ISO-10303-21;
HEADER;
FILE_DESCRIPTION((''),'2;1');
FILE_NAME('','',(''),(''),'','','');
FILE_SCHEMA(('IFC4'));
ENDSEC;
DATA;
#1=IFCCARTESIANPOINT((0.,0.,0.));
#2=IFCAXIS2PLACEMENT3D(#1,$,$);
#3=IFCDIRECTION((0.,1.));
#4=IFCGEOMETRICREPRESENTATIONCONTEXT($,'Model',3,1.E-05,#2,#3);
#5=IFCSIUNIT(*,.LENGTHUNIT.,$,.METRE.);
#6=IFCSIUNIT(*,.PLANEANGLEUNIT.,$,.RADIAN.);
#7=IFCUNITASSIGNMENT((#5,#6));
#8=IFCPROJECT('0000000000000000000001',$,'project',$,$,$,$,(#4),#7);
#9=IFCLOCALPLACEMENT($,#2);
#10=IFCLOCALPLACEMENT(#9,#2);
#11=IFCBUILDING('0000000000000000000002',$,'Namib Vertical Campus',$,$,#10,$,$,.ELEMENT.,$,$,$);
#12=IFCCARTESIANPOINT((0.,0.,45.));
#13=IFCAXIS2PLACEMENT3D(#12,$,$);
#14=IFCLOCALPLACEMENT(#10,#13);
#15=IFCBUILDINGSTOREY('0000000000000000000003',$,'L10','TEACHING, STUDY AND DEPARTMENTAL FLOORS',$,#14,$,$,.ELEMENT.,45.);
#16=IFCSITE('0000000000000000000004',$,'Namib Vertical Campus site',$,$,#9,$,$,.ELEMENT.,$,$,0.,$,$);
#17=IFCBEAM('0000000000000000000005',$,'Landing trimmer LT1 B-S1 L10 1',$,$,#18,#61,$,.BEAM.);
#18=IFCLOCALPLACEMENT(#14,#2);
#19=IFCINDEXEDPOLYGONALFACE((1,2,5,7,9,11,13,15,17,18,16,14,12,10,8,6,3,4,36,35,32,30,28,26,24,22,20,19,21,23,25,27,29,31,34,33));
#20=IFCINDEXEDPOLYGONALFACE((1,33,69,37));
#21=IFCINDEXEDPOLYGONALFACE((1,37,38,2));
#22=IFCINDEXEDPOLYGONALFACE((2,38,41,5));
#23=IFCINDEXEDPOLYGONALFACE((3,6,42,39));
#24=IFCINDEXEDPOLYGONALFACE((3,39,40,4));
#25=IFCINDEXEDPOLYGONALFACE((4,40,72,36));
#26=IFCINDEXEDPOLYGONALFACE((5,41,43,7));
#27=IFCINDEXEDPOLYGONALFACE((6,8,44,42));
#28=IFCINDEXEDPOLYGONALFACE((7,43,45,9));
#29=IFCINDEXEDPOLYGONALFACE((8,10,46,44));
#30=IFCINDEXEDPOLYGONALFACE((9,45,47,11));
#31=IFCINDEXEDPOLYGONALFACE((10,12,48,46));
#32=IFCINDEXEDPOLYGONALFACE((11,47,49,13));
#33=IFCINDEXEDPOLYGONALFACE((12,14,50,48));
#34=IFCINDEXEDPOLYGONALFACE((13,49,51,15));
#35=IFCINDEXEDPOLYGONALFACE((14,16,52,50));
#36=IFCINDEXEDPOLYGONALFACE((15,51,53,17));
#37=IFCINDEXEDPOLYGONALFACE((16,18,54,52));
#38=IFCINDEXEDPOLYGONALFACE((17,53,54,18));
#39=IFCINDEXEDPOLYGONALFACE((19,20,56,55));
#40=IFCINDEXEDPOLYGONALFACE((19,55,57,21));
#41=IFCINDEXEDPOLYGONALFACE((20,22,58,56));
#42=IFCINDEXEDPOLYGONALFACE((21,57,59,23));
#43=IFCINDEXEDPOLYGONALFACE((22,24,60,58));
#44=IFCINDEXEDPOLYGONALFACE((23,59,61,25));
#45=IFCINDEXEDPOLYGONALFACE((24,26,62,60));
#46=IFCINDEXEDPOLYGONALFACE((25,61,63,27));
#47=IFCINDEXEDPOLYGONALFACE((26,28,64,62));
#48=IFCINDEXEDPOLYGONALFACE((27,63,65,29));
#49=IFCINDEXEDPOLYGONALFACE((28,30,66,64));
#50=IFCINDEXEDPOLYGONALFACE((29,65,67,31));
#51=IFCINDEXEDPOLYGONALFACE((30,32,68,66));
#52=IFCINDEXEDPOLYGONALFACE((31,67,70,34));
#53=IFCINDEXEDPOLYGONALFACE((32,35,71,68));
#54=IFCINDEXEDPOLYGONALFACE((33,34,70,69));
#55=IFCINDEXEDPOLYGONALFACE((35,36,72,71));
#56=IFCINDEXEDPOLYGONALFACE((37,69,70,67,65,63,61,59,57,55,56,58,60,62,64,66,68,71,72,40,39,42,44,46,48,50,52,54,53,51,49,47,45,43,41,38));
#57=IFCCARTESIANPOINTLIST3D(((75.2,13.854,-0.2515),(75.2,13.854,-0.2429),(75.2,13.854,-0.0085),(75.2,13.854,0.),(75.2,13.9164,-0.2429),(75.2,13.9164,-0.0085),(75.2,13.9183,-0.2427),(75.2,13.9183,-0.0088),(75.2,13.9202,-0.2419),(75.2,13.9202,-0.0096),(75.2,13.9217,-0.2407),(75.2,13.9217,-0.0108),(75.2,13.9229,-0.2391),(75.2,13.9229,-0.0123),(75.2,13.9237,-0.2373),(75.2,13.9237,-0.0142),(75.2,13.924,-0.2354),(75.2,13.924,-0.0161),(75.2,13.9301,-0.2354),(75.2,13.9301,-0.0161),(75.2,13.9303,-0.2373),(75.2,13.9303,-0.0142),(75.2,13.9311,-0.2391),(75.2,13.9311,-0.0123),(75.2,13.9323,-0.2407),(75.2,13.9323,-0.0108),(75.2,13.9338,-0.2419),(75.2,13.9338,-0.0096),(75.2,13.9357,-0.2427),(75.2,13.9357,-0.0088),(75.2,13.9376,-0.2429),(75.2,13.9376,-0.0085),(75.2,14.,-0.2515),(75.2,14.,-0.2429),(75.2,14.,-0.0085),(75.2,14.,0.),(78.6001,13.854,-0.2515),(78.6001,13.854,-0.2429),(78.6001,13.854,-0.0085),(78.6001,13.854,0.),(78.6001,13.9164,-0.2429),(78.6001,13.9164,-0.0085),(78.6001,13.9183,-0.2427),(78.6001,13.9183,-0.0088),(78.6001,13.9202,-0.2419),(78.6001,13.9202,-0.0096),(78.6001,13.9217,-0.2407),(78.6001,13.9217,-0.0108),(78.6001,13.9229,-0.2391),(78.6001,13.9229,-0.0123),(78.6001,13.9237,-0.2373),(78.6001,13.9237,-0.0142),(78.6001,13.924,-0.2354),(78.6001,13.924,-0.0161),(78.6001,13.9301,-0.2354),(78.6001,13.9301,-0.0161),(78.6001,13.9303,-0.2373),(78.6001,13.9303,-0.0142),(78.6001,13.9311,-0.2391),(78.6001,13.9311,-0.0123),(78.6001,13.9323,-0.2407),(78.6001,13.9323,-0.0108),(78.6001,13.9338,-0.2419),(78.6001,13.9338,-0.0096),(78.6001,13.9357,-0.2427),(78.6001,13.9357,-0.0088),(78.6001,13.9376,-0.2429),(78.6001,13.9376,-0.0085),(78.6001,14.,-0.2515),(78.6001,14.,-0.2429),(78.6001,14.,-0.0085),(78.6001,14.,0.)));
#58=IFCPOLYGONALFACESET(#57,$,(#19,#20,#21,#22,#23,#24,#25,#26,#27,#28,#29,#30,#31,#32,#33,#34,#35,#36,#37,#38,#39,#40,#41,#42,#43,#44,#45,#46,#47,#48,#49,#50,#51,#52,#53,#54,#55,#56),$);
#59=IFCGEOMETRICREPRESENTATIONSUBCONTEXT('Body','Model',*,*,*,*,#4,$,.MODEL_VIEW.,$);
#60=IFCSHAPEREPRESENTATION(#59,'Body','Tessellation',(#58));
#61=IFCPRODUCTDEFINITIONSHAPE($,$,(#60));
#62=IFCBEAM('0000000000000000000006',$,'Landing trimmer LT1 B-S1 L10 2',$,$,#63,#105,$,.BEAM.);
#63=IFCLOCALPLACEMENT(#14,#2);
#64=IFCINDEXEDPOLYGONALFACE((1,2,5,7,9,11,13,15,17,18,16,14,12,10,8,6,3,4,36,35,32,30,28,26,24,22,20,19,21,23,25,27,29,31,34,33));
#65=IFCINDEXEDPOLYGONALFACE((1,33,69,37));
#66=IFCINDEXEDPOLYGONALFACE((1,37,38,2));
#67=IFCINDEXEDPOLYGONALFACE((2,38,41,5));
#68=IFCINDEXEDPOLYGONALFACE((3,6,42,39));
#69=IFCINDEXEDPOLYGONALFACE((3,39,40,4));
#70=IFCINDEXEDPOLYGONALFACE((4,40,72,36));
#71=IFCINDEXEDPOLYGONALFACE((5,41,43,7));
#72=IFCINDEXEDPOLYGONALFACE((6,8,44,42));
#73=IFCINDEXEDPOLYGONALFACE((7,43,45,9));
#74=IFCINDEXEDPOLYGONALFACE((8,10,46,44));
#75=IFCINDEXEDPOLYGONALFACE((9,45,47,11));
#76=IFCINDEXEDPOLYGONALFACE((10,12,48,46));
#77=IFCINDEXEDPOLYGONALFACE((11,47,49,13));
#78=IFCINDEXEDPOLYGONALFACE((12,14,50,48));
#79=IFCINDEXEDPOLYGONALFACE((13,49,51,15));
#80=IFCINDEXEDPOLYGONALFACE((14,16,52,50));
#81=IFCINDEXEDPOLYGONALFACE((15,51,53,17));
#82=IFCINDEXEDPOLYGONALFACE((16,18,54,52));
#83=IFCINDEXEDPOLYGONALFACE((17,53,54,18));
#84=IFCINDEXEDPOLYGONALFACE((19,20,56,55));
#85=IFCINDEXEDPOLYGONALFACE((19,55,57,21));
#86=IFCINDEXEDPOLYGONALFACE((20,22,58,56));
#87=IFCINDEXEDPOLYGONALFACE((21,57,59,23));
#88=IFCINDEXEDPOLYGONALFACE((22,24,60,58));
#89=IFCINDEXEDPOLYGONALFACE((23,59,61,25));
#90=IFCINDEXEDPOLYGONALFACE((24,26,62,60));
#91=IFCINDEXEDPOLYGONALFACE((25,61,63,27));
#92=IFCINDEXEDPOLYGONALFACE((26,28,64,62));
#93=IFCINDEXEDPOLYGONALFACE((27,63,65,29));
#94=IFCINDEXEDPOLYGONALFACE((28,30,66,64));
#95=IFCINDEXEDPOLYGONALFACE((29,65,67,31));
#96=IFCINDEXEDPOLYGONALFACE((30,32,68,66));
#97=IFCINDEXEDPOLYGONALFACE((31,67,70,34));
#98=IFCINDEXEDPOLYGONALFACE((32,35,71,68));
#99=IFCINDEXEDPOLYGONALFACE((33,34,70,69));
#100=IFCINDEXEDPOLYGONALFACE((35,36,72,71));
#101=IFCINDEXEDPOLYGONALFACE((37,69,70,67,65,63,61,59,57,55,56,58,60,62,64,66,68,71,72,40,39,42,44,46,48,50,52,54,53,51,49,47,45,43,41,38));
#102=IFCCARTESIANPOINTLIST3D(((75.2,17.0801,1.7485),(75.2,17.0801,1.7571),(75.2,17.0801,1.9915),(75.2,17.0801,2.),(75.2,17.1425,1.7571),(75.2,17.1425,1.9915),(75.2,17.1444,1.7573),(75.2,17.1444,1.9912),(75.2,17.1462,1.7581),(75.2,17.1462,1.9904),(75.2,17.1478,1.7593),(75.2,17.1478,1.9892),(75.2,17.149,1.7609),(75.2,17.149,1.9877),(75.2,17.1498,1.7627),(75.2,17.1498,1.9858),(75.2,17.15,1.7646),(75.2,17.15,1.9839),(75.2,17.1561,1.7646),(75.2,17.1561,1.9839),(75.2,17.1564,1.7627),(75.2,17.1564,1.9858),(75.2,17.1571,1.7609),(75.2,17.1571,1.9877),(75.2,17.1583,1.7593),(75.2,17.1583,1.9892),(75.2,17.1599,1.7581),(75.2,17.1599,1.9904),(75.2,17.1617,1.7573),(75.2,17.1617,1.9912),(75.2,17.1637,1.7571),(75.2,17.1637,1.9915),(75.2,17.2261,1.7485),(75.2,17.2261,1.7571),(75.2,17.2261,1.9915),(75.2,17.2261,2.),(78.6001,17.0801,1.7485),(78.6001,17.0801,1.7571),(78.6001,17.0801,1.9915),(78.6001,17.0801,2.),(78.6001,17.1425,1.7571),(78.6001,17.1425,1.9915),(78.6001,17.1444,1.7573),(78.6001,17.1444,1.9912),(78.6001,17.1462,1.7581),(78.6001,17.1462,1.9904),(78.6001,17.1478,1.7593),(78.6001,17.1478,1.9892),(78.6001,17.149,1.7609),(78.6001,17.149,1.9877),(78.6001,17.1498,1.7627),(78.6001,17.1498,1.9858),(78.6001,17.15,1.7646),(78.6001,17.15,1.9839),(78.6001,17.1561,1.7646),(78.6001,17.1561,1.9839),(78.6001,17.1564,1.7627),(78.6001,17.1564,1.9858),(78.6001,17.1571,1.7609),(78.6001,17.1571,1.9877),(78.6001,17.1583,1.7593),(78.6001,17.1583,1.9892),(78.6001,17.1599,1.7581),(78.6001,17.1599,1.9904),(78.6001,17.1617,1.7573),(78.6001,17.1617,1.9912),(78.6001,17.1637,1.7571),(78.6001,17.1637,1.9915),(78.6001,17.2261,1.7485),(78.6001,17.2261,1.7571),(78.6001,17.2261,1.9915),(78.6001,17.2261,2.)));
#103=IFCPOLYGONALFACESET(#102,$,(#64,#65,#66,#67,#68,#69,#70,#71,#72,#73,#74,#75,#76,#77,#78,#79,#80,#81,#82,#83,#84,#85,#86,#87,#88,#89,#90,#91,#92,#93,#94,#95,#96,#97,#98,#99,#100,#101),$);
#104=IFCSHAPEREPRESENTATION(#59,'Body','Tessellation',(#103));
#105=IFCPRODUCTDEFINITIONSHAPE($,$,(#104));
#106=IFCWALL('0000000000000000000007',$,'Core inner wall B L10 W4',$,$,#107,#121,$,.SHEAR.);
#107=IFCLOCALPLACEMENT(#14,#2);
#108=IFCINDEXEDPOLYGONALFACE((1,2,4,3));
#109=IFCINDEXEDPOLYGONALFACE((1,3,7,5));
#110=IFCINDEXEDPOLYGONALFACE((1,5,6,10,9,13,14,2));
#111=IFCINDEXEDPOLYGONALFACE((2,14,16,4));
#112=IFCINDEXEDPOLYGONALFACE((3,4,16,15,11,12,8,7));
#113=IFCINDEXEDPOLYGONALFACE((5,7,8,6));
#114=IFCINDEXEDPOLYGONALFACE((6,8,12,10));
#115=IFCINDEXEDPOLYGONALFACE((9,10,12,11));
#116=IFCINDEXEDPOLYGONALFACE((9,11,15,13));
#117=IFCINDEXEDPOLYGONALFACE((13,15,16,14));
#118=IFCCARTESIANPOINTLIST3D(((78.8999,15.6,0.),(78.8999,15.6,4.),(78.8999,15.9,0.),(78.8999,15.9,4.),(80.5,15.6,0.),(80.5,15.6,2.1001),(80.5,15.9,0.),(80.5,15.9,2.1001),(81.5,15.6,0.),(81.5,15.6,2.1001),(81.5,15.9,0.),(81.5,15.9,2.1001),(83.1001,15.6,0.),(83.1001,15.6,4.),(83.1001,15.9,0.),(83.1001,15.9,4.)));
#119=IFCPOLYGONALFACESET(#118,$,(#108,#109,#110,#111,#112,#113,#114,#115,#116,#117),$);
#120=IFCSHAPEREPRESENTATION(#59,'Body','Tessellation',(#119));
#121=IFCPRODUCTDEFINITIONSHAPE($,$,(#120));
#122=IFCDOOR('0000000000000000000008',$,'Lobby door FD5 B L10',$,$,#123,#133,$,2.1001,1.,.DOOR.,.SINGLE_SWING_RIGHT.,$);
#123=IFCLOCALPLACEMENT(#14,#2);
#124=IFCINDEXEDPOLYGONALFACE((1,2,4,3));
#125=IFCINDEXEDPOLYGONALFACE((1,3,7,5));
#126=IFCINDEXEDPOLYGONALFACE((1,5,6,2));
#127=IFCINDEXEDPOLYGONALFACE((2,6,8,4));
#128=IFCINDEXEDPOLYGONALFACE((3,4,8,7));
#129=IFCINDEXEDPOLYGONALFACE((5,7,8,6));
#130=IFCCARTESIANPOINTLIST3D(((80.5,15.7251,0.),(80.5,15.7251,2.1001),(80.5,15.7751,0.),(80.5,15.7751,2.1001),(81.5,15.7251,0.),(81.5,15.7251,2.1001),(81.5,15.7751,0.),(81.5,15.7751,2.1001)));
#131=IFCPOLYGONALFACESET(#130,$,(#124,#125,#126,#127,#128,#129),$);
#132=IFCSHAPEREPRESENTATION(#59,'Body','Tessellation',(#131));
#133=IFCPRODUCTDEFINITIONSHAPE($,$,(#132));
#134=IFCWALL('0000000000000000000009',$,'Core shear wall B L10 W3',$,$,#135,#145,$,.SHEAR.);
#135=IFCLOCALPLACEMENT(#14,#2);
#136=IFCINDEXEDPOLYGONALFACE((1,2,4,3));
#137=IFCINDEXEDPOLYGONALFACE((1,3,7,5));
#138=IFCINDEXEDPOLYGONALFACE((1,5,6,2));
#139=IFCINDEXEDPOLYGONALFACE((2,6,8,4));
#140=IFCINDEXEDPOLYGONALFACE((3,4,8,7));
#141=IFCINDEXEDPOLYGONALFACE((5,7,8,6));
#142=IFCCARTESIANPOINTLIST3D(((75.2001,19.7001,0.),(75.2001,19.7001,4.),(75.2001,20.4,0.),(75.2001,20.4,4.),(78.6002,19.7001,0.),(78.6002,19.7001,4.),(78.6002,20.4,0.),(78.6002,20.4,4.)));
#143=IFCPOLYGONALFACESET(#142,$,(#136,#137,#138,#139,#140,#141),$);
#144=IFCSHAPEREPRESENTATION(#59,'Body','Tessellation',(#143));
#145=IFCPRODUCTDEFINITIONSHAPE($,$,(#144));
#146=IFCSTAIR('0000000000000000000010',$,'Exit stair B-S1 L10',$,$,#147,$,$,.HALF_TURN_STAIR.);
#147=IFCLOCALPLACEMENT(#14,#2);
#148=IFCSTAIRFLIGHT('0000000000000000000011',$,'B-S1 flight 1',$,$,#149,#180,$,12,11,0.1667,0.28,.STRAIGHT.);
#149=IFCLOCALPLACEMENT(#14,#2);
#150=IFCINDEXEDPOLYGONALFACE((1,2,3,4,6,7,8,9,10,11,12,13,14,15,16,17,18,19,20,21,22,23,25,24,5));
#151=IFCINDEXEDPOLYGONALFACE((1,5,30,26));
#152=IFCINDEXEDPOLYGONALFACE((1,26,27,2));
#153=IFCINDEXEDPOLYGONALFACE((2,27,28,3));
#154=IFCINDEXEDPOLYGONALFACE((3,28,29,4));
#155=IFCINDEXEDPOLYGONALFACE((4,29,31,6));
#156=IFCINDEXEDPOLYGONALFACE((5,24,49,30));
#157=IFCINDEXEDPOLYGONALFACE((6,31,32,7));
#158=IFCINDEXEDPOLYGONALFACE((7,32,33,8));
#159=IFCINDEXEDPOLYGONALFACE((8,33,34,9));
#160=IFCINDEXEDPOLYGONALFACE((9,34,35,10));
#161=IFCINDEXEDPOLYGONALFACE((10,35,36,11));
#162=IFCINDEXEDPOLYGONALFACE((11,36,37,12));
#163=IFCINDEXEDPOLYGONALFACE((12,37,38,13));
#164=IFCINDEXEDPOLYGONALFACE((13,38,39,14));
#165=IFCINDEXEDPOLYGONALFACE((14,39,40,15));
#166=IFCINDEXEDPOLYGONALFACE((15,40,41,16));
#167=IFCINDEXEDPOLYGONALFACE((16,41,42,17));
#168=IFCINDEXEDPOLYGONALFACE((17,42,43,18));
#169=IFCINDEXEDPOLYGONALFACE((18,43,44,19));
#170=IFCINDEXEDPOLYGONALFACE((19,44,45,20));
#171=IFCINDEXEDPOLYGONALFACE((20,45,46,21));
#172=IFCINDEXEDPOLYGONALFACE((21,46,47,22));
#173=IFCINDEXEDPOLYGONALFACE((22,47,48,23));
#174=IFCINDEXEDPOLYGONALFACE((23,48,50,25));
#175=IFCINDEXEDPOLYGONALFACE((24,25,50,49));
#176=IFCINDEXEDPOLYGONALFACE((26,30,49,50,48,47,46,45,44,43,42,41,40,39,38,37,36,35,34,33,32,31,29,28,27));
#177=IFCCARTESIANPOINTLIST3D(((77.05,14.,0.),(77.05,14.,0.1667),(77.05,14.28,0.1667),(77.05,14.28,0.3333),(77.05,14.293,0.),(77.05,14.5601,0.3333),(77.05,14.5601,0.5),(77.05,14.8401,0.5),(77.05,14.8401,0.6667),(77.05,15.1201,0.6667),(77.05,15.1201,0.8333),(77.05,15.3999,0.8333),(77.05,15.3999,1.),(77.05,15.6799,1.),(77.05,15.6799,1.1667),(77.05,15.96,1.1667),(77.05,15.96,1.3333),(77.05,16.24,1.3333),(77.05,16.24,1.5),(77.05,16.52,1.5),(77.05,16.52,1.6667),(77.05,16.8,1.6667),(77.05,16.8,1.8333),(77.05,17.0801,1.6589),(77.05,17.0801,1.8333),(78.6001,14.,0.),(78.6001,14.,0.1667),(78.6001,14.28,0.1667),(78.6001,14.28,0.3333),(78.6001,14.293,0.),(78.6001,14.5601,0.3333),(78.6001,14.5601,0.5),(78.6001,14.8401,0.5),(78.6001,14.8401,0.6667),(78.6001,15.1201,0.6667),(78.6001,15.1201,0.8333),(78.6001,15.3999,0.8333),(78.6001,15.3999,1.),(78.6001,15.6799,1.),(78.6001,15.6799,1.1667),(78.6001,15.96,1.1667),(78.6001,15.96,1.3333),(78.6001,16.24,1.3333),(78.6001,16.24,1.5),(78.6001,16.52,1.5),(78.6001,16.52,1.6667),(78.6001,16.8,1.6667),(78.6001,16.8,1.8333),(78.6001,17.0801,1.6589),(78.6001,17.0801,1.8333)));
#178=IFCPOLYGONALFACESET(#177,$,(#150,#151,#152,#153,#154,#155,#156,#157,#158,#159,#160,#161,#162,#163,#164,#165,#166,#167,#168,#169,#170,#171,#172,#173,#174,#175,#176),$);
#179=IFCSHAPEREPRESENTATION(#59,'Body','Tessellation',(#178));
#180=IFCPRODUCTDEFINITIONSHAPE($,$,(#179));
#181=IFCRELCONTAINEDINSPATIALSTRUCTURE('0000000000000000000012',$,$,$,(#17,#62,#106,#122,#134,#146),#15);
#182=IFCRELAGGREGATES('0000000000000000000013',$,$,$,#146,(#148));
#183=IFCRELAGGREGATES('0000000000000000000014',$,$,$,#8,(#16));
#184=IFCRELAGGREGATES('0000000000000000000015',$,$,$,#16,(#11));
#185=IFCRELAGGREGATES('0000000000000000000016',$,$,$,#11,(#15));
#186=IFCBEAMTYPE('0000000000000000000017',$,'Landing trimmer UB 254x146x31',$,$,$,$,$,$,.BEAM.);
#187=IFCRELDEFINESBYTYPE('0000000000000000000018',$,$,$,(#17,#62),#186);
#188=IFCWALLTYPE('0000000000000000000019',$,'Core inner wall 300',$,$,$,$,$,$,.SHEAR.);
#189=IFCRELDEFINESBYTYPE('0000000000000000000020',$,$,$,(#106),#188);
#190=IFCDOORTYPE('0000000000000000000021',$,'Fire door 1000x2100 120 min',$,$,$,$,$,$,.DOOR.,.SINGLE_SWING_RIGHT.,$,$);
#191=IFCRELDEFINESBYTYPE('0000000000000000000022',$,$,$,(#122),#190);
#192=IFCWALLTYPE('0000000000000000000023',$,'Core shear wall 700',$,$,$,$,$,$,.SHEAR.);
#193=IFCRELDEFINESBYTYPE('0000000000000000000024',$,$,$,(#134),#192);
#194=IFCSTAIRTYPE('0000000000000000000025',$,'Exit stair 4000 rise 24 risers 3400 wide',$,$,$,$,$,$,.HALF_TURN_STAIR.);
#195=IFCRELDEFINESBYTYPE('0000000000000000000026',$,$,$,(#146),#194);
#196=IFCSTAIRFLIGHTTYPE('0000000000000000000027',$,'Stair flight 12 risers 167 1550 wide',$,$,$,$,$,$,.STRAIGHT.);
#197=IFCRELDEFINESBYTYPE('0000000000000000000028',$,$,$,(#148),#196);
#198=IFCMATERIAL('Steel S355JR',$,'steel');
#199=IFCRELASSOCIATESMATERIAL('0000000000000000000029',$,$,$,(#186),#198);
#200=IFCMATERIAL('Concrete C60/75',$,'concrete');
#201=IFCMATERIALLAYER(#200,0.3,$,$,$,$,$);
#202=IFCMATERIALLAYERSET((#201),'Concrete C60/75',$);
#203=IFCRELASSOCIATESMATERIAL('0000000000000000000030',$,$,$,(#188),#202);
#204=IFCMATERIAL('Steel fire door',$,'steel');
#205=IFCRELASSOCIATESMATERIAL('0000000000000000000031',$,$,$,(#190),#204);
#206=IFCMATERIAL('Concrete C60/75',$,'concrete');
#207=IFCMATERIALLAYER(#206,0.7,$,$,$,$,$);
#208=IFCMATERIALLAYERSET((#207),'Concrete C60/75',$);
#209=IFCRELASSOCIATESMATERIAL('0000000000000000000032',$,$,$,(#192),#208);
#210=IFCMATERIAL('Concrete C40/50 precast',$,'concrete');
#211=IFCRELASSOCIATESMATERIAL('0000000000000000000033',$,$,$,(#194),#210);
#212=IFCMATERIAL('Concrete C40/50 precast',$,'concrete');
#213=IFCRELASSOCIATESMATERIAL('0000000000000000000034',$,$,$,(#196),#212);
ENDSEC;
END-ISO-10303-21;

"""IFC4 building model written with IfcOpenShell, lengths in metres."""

from ifc_helpers import new_model, si_unit, direction, frame, frame_2d, origin, origin_2d, place, context, subcontext, project, spatial, polyline, rectangle, i_section, outline, extrude, material, layer, layer_set, material_profile, profile_set, type_object, element, fill, aggregate, save


model = new_model("IFC4")

# Units and contexts
model_context = context("Model", 3, precision=1e-05, world=origin(), true_north=direction((0.0, 1.0)))
body_context = subcontext(model_context, "Body", "Model", "MODEL_VIEW")
ifc_project = project(units=[si_unit("LENGTHUNIT", "METRE"), si_unit("PLANEANGLEUNIT", "RADIAN")], contexts=[model_context])

# Site, building, storey
site_placement = place(None, origin())
site = spatial("IfcSite", under=ifc_project, at=site_placement, Name="Namib Vertical Campus site", CompositionType="ELEMENT", RefElevation=0.0)
building_placement = place(site_placement, origin())
building = spatial("IfcBuilding", under=site, at=building_placement, Name="Namib Vertical Campus", CompositionType="ELEMENT")
storey_placement = place(building_placement, frame((0.0, 0.0, 45.0)))
storey = spatial("IfcBuildingStorey", under=building, at=storey_placement, Name="L10", Description="TEACHING, STUDY AND DEPARTMENTAL FLOORS", CompositionType="ELEMENT", Elevation=45.0)

# Beams
ifc_material_1 = material(Name="Steel S355JR", Category="steel")
ifc_material_profile = material_profile(ifc_material_1, i_section(OverallWidth=0.146, OverallDepth=0.2515, WebThickness=0.0061, FlangeThickness=0.0085, FilletRadius=0.0076, at=origin_2d()))
ifc_profile_set = profile_set([ifc_material_profile], Name="Steel S355JR")
beam_type = type_object("IfcBeamType", Name="Landing trimmer UB 254x146x31", PredefinedType="BEAM", material=ifc_profile_set)
for number, where, z_axis, x_axis, name in (
    (1, (75.2, 13.927, -0.1257), (1.0, 0.0, 0.0), (0.0, 1.0, 0.0), "Landing trimmer LT1 B-S1 L10 1"),
    (2, (75.2, 17.1531, 1.8743), (1.0, 0.0, 0.0), (0.0, 1.0, 0.0), "Landing trimmer LT1 B-S1 L10 2"),
):
    element("IfcBeam", number, at=place(storey_placement, frame(where, z_axis=z_axis, x_axis=x_axis)), inside=storey, type_object=beam_type, Name=name, PredefinedType="BEAM", context=body_context, shape_type="SweptSolid", body=[
        extrude(i_section(OverallWidth=0.146, OverallDepth=0.2515, WebThickness=0.0061, FlangeThickness=0.0085, FilletRadius=0.0076, at=origin_2d()), origin(), (0.0, 0.0, 1.0), 3.4001),
    ])

# Wall, opening, door
ifc_material_2 = material(Name="Concrete C60/75", Category="concrete")
ifc_layer_1 = layer(ifc_material_2, 0.3)
ifc_layer_set_1 = layer_set([ifc_layer_1], Name="Concrete C60/75")
wall_type_1 = type_object("IfcWallType", Name="Core inner wall 300", PredefinedType="SHEAR", material=ifc_layer_set_1)
wall_1_placement = place(storey_placement, frame((78.8999, 15.75, 0.0), z_axis=(0.0, 0.0, 1.0), x_axis=(1.0, 0.0, 0.0)))
wall_1 = element("IfcWall", 3, at=wall_1_placement, inside=storey, type_object=wall_type_1, Name="Core inner wall B L10 W4", PredefinedType="SHEAR", context=body_context, shape_type="SweptSolid", body=[
    extrude(rectangle(XDim=4.2002, YDim=0.3, at=frame_2d((2.1001, 0.0))), origin(), (0.0, 0.0, 1.0), 4.0),
])
opening_placement = place(wall_1_placement, frame((1.6001, 0.0, 0.0)))
opening = element("IfcOpeningElement", 4, at=opening_placement, cuts=wall_1, PredefinedType="OPENING", context=body_context, shape_type="SweptSolid", body=[
    extrude(rectangle(XDim=1.0, YDim=2.1001, at=frame_2d((0.5, 1.05))), frame((0.0, 0.1599, 0.0), z_axis=(0.0, -1.0, 0.0), x_axis=(1.0, 0.0, 0.0)), (0.0, 0.0, 1.0), 0.3201),
])
ifc_material_3 = material(Name="Steel fire door", Category="steel")
door_type = type_object("IfcDoorType", Name="Fire door 1000x2100 120 min", OperationType="SINGLE_SWING_RIGHT", PredefinedType="DOOR", material=ifc_material_3)
door_placement = place(opening_placement, frame((1.0, 0.0, 0.0), z_axis=(0.0, 0.0, 1.0), x_axis=(-1.0, 0.0, 0.0)))
door = element("IfcDoor", 5, at=door_placement, inside=storey, type_object=door_type, Name="Lobby door FD5 B L10", OperationType="SINGLE_SWING_RIGHT", OverallHeight=2.1001, OverallWidth=1.0, PredefinedType="DOOR", context=body_context, shape_type="SweptSolid", body=[
    extrude(rectangle(XDim=1.0, YDim=2.1001, at=frame_2d((0.5, 1.05))), frame((0.0, 0.0249, 0.0), z_axis=(0.0, -1.0, 0.0), x_axis=(1.0, 0.0, 0.0)), (0.0, 0.0, 1.0), 0.05),
])
fill(opening, door)

# Wall
ifc_material_4 = material(Name="Concrete C60/75", Category="concrete")
ifc_layer_2 = layer(ifc_material_4, 0.7)
ifc_layer_set_2 = layer_set([ifc_layer_2], Name="Concrete C60/75")
wall_type_2 = type_object("IfcWallType", Name="Core shear wall 700", PredefinedType="SHEAR", material=ifc_layer_set_2)
wall_2_placement = place(storey_placement, frame((75.2, 20.05, 0.0), z_axis=(0.0, 0.0, 1.0), x_axis=(1.0, 0.0, 0.0)))
element("IfcWall", 6, at=wall_2_placement, inside=storey, type_object=wall_type_2, Name="Core shear wall B L10 W3", PredefinedType="SHEAR", context=body_context, shape_type="SweptSolid", body=[
    extrude(rectangle(XDim=3.4001, YDim=0.7, at=frame_2d((1.7002, 0.0))), origin(), (0.0, 0.0, 1.0), 4.0),
])

# Stair, stair flight
ifc_material_5 = material(Name="Concrete C40/50 precast", Category="concrete")
stair_type = type_object("IfcStairType", Name="Exit stair 4000 rise 24 risers 3400 wide", PredefinedType="HALF_TURN_STAIR", material=ifc_material_5)
stair_placement = place(storey_placement, origin())
stair = element("IfcStair", 7, at=stair_placement, inside=storey, type_object=stair_type, Name="Exit stair B-S1 L10", PredefinedType="HALF_TURN_STAIR")
ifc_material_6 = material(Name="Concrete C40/50 precast", Category="concrete")
stair_flight_type = type_object("IfcStairFlightType", Name="Stair flight 12 risers 167 1550 wide", PredefinedType="STRAIGHT", material=ifc_material_6)
stair_flight_1_placement = place(storey_placement, frame((77.825, 14.0, 0.0), z_axis=(0.0, 0.0, 1.0), x_axis=(0.0, 1.0, 0.0)))
stair_flight_1 = element("IfcStairFlight", 8, at=stair_flight_1_placement, type_object=stair_flight_type, Name="B-S1 flight 1", NumberOfRisers=12, NumberOfTreads=11, PredefinedType="STRAIGHT", RiserHeight=0.1667, TreadLength=0.28, context=body_context, shape_type="SweptSolid", body=[
    extrude(outline(polyline([(0.0, 0.0), (0.0, 0.1667), (0.28, 0.1667), (0.28, 0.3333), (0.5601, 0.3333), (0.5601, 0.5), (0.8401, 0.5), (0.8401, 0.6667), (1.1201, 0.6667), (1.1201, 0.8333), (1.3999, 0.8333), (1.3999, 1.0), (1.6799, 1.0), (1.6799, 1.1667), (1.96, 1.1667), (1.96, 1.3333), (2.24, 1.3333), (2.24, 1.5), (2.52, 1.5), (2.52, 1.6667), (2.8, 1.6667), (2.8, 1.8333), (3.0801, 1.8333), (3.0801, 2.0), (3.0801, 1.6589), (0.293, 0.0), (0.0, 0.0)])), frame((0.0, 0.7749, 0.0), z_axis=(0.0, -1.0, 0.0), x_axis=(1.0, 0.0, 0.0)), (0.0, 0.0, 1.0), 1.55),
])
aggregate(stair, [stair_flight_1])

save(model, "model.ifc")
